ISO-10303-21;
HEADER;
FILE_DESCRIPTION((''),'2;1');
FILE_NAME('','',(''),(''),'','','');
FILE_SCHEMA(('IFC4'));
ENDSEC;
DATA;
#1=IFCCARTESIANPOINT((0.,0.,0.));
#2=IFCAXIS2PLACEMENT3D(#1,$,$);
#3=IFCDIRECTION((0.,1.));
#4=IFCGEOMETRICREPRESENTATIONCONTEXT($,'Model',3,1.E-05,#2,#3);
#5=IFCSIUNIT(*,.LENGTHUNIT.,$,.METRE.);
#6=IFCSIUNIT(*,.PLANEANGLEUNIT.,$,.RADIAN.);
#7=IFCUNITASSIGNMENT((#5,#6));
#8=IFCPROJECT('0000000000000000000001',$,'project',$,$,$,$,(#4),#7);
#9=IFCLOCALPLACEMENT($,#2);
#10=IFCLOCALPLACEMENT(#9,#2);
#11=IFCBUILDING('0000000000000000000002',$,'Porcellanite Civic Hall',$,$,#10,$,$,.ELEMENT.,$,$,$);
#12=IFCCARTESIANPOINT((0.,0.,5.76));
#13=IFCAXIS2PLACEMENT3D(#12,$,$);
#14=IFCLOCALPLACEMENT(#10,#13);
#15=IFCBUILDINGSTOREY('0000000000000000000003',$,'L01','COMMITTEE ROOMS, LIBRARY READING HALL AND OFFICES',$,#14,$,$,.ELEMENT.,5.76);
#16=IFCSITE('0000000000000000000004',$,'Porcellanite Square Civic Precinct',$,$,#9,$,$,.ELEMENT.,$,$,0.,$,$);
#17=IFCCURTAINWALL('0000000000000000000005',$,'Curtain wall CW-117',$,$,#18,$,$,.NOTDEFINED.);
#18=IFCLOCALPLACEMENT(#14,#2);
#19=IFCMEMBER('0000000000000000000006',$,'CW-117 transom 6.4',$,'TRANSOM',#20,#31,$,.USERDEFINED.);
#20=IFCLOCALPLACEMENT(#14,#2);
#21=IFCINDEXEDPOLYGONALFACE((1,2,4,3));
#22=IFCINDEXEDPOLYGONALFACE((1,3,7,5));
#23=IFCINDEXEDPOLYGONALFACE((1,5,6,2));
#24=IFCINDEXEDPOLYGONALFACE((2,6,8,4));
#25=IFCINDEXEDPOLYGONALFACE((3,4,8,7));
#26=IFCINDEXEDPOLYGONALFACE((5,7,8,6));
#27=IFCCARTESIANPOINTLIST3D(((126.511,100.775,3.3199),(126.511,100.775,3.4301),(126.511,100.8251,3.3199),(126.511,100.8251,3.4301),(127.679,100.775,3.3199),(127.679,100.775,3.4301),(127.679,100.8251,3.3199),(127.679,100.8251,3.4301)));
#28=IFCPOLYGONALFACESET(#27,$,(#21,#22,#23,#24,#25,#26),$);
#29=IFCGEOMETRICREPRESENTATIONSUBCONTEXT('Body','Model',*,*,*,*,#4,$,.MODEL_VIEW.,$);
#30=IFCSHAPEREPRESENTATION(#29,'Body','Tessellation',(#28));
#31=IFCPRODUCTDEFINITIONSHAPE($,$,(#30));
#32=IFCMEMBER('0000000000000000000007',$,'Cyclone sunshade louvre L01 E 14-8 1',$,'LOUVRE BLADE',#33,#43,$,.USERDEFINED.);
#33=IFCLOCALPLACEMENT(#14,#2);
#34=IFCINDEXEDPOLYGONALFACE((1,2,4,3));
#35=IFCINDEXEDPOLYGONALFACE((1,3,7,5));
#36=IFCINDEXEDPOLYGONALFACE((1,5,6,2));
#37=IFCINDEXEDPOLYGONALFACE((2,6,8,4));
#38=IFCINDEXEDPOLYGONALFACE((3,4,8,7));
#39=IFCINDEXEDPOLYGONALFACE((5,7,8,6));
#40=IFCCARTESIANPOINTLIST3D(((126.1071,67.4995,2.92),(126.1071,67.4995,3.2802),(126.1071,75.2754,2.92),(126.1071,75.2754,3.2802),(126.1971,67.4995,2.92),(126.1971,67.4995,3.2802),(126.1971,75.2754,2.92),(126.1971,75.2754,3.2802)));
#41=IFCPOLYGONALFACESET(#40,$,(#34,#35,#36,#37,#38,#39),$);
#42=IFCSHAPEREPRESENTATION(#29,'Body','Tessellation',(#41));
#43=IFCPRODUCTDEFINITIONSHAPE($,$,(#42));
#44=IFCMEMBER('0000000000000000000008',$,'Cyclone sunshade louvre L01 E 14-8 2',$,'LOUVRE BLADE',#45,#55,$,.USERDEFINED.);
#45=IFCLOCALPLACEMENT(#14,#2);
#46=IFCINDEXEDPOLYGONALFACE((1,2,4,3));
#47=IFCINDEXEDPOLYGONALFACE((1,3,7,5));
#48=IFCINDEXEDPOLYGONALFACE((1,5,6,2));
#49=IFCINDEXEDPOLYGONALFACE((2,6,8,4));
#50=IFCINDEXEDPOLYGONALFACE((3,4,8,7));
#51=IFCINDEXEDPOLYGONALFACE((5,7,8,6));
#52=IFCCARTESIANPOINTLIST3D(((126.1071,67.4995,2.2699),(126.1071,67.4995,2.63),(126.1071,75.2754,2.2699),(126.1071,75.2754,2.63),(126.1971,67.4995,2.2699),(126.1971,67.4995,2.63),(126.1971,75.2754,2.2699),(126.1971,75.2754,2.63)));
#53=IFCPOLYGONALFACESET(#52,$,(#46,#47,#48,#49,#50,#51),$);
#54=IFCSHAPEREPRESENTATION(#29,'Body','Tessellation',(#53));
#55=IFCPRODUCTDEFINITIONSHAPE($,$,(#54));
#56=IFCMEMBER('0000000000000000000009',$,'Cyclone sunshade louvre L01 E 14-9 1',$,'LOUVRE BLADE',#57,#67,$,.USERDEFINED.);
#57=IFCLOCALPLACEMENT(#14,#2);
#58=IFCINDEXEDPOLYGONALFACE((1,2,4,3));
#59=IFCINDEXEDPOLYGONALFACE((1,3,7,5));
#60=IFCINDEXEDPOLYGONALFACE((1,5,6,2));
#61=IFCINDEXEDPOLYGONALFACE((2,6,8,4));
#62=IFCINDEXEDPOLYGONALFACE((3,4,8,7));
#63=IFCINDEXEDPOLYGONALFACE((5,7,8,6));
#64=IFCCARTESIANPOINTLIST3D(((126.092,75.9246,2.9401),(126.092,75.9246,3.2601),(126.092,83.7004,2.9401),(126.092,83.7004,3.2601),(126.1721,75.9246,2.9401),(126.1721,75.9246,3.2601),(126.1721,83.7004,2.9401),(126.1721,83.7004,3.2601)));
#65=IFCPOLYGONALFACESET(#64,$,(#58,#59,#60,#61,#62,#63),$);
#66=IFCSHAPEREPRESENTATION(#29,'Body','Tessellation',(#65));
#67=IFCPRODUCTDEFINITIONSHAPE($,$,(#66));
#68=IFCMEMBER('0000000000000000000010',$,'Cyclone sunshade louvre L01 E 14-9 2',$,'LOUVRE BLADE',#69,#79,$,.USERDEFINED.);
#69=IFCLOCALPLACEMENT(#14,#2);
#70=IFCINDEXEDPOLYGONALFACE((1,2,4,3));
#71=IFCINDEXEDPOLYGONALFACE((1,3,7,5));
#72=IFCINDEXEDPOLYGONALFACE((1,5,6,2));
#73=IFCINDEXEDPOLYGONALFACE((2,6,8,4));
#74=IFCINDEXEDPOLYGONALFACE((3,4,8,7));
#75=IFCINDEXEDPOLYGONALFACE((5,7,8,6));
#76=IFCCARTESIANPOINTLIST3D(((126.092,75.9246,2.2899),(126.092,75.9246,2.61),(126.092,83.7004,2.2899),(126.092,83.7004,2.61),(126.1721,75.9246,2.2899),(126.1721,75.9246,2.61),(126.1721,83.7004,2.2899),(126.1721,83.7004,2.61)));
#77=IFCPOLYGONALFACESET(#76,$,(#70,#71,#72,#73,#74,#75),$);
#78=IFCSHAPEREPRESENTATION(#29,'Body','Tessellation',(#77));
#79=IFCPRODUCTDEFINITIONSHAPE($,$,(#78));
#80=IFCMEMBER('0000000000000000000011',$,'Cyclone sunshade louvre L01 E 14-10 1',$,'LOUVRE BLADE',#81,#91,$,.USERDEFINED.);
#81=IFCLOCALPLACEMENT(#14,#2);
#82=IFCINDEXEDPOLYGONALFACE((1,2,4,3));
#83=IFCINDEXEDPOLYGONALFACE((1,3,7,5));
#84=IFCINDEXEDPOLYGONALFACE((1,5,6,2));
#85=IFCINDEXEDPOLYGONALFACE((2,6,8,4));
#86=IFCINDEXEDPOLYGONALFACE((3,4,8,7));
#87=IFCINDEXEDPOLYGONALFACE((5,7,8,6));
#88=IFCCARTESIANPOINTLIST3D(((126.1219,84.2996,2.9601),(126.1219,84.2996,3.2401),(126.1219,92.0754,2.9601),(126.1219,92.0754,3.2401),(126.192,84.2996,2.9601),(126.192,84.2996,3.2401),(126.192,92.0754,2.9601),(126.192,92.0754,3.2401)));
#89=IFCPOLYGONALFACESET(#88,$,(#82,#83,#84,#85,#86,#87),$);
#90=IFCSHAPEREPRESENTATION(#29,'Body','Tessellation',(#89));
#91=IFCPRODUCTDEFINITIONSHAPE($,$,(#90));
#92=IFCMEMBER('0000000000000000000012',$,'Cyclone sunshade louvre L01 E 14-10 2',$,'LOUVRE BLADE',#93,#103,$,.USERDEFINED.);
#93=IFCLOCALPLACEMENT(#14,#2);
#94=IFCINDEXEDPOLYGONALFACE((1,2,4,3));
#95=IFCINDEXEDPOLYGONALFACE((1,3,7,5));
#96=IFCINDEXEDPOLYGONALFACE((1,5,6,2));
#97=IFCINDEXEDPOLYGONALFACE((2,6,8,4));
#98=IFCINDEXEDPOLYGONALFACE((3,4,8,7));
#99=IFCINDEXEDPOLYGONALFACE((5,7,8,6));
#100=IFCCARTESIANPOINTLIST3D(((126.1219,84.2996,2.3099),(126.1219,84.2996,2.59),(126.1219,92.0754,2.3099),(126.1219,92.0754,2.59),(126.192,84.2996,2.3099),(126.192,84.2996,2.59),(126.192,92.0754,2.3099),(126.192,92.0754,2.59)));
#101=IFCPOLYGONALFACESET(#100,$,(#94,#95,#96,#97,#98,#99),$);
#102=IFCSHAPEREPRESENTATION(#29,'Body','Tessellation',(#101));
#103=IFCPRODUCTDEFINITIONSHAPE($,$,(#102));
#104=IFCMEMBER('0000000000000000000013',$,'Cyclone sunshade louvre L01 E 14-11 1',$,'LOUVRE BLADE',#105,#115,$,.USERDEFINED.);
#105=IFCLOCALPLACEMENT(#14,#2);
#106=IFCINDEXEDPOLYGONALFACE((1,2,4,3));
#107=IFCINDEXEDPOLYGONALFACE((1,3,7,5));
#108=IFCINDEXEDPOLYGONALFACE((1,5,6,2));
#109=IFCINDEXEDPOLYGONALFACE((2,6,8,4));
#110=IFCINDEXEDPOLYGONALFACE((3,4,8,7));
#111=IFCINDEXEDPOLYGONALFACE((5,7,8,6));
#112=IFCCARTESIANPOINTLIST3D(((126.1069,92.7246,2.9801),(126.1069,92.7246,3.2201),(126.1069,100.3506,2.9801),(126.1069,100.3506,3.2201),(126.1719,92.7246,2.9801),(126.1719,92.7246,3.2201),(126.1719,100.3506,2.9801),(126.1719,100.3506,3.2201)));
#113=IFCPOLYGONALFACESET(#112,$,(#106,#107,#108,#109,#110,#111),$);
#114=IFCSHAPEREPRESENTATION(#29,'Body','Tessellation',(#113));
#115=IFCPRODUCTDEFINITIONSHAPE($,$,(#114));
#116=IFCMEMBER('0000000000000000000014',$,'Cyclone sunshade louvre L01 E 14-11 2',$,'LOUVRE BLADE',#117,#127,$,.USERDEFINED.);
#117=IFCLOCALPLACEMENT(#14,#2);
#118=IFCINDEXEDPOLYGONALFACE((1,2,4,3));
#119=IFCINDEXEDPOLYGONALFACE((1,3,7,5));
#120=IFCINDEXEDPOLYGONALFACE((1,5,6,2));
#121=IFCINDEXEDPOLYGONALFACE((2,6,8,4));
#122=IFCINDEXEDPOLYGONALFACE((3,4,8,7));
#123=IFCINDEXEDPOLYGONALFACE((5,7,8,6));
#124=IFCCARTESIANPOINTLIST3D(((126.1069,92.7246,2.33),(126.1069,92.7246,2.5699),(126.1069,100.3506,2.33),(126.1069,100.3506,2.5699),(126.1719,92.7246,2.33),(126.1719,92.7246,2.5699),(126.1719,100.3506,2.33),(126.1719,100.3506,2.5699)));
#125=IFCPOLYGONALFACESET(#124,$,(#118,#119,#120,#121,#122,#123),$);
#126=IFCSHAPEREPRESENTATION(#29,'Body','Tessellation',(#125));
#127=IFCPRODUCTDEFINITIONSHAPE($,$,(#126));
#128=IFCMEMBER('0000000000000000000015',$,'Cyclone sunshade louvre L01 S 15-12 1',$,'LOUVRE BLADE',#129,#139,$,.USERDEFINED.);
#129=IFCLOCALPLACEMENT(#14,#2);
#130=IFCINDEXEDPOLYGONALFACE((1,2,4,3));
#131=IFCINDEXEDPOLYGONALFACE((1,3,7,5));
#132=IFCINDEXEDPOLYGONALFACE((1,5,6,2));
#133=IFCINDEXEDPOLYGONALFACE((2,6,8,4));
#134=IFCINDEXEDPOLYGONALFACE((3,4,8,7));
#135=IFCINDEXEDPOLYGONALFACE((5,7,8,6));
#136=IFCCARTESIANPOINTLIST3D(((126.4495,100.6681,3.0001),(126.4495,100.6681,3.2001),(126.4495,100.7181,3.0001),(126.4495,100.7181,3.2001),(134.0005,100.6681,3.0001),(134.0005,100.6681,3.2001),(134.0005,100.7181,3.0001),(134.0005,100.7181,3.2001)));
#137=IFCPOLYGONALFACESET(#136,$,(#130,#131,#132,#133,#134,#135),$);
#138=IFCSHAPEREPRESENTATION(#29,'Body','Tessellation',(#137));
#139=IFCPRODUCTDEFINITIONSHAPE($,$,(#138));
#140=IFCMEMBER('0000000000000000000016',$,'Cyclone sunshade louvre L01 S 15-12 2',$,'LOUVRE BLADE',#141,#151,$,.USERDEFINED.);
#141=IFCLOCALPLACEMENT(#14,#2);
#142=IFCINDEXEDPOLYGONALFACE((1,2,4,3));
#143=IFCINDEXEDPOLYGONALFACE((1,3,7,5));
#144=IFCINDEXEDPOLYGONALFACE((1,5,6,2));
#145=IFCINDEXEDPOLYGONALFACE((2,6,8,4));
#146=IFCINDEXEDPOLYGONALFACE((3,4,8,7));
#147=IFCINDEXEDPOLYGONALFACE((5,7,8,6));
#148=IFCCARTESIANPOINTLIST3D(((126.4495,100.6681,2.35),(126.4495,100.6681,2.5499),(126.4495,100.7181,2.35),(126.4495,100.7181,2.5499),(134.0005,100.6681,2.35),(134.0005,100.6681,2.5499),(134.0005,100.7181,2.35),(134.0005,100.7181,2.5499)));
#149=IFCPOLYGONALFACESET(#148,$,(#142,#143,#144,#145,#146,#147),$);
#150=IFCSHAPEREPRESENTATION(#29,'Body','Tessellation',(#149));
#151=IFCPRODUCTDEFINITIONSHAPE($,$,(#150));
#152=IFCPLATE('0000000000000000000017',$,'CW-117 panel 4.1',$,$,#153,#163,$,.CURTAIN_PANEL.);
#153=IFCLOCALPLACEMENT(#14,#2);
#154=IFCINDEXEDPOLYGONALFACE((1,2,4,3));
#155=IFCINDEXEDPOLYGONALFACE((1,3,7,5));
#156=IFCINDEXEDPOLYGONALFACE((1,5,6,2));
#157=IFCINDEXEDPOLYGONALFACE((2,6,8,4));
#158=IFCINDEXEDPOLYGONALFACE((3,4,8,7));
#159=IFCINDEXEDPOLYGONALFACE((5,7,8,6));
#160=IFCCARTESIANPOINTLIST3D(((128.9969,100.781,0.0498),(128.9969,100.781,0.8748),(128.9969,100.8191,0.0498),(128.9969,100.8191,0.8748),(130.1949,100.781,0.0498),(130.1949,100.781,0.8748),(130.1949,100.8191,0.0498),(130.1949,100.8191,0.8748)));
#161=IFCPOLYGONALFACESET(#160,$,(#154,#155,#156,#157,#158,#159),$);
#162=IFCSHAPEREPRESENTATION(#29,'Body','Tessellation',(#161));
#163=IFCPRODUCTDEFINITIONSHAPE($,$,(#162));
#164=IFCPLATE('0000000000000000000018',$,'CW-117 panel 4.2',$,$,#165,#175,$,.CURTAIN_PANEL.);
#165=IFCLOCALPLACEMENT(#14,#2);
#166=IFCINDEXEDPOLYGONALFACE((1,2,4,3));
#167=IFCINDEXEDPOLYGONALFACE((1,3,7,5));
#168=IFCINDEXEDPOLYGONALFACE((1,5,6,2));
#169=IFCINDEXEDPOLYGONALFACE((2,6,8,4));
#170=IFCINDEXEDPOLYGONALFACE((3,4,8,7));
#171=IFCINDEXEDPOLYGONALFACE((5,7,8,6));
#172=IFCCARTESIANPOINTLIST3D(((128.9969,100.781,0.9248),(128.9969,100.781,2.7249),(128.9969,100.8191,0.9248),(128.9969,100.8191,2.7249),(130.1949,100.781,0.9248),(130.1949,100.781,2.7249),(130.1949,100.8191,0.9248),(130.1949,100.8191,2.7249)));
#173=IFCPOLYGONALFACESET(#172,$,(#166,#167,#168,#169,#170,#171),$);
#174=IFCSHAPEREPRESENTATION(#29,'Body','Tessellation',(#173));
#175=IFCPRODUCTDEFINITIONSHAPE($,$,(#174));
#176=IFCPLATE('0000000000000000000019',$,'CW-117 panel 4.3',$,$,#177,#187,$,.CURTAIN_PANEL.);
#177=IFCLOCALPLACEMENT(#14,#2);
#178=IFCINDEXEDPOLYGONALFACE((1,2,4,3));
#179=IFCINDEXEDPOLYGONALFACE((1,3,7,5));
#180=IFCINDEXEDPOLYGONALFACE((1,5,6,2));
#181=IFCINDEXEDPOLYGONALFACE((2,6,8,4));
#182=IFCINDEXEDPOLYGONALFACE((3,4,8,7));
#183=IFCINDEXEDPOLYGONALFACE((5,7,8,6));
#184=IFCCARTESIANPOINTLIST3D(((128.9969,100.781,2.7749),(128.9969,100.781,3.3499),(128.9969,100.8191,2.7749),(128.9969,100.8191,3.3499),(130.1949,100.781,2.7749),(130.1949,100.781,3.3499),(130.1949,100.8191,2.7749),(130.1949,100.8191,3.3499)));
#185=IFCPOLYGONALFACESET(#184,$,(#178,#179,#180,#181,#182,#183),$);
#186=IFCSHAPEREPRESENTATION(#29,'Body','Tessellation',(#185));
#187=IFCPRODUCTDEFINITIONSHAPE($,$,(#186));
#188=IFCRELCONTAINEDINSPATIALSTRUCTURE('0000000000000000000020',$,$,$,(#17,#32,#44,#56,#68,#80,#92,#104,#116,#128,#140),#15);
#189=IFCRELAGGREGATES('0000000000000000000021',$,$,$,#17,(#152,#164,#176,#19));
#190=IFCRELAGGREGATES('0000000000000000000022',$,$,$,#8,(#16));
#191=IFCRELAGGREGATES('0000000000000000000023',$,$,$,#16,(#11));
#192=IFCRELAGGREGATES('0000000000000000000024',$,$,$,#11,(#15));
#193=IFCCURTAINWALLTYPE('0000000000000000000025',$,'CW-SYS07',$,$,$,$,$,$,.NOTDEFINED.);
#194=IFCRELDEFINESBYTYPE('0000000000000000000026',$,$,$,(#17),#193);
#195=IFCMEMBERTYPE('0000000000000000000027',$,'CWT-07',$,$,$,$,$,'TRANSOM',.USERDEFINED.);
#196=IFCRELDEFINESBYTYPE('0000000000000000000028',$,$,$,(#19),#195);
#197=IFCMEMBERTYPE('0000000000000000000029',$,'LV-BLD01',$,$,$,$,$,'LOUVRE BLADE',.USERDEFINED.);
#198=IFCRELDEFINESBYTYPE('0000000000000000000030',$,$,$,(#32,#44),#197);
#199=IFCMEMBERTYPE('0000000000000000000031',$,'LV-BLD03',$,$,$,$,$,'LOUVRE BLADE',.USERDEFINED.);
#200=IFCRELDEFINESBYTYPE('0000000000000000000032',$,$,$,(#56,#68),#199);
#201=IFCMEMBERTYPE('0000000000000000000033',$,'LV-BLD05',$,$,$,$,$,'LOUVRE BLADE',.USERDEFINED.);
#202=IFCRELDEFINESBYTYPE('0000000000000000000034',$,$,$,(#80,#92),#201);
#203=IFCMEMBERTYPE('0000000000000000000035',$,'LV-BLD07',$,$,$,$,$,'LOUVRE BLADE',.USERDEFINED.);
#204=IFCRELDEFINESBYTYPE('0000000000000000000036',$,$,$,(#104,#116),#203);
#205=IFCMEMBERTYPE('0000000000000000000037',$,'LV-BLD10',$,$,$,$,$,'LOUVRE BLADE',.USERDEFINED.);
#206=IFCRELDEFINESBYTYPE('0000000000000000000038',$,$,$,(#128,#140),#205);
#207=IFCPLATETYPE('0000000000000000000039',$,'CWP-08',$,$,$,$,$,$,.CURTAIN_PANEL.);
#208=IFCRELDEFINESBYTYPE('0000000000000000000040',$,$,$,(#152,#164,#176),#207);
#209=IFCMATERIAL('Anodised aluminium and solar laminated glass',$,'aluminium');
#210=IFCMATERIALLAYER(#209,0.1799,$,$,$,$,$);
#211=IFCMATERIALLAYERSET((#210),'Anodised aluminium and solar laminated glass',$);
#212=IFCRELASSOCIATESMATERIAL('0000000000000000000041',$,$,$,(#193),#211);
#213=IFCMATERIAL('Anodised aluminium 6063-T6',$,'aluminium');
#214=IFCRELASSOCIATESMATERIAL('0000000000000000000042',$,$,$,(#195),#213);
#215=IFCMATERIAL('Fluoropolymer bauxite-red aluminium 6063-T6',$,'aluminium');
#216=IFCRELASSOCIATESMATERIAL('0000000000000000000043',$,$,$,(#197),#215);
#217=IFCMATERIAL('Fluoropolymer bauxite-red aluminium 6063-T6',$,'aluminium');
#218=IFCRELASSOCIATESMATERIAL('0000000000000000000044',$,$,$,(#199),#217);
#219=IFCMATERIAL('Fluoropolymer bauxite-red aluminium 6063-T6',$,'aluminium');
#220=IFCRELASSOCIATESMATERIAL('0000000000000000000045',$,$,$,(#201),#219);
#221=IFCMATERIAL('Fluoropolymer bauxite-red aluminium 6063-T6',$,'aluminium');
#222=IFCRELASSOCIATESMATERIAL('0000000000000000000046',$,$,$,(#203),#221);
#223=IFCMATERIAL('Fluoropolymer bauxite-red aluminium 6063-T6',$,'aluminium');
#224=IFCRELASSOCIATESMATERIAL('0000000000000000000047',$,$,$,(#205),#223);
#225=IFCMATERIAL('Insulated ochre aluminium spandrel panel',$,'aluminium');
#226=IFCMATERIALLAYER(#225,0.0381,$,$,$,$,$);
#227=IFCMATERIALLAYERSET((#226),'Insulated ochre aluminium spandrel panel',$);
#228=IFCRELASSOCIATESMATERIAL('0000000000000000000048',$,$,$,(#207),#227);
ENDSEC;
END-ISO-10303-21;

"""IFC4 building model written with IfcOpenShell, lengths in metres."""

from ifc_helpers import new_model, si_unit, direction, frame, origin, origin_2d, place, context, subcontext, project, spatial, rectangle, extrude, material, layer, layer_set, material_profile, profile_set, type_object, element, aggregate, save


model = new_model("IFC4")

# Units and contexts
model_context = context("Model", 3, precision=1e-05, world=origin(), true_north=direction((0.0, 1.0)))
body_context = subcontext(model_context, "Body", "Model", "MODEL_VIEW")
ifc_project = project(units=[si_unit("LENGTHUNIT", "METRE"), si_unit("PLANEANGLEUNIT", "RADIAN")], contexts=[model_context])

# Site, building, storey
site_placement = place(None, origin())
site = spatial("IfcSite", under=ifc_project, at=site_placement, Name="Porcellanite Square Civic Precinct", CompositionType="ELEMENT", RefElevation=0.0)
building_placement = place(site_placement, origin())
building = spatial("IfcBuilding", under=site, at=building_placement, Name="Porcellanite Civic Hall", CompositionType="ELEMENT")
storey_placement = place(building_placement, frame((0.0, 0.0, 5.76)))
storey = spatial("IfcBuildingStorey", under=building, at=storey_placement, Name="L01", Description="COMMITTEE ROOMS, LIBRARY READING HALL AND OFFICES", CompositionType="ELEMENT", Elevation=5.76)

# Curtain wall, member
ifc_material_1 = material(Name="Anodised aluminium and solar laminated glass", Category="aluminium")
ifc_layer_1 = layer(ifc_material_1, 0.1799)
ifc_layer_set_1 = layer_set([ifc_layer_1], Name="Anodised aluminium and solar laminated glass")
curtain_wall_type = type_object("IfcCurtainWallType", Name="CW-SYS07", PredefinedType="NOTDEFINED", material=ifc_layer_set_1)
curtain_wall_placement = place(storey_placement, origin())
curtain_wall = element("IfcCurtainWall", 1, at=curtain_wall_placement, inside=storey, type_object=curtain_wall_type, Name="Curtain wall CW-117", PredefinedType="NOTDEFINED")
ifc_material_2 = material(Name="Anodised aluminium 6063-T6", Category="aluminium")
ifc_material_profile_1 = material_profile(ifc_material_2, rectangle(XDim=0.05, YDim=0.1101, at=origin_2d()), Name="AL-50x110")
ifc_profile_set_1 = profile_set([ifc_material_profile_1], Name="Anodised aluminium 6063-T6")
member_type_1 = type_object("IfcMemberType", Name="CWT-07", ElementType="TRANSOM", PredefinedType="USERDEFINED", material=ifc_profile_set_1)
member_1_placement = place(storey_placement, frame((127.679, 100.8, 3.375), z_axis=(-1.0, 0.0, 0.0), x_axis=(0.0, -1.0, 0.0)))
member_1 = element("IfcMember", 2, at=member_1_placement, type_object=member_type_1, Name="CW-117 transom 6.4", ObjectType="TRANSOM", PredefinedType="USERDEFINED", context=body_context, shape_type="SweptSolid", body=[
    extrude(rectangle(XDim=0.05, YDim=0.1101, at=origin_2d()), origin(), (0.0, 0.0, 1.0), 1.168),
])

# Members
ifc_material_3 = material(Name="Fluoropolymer bauxite-red aluminium 6063-T6", Category="aluminium")
ifc_material_profile_2 = material_profile(ifc_material_3, rectangle(XDim=0.0901, YDim=0.3601, at=origin_2d()), Name="AL-90x360")
ifc_profile_set_2 = profile_set([ifc_material_profile_2], Name="Fluoropolymer bauxite-red aluminium 6063-T6")
member_type_2 = type_object("IfcMemberType", Name="LV-BLD01", ElementType="LOUVRE BLADE", PredefinedType="USERDEFINED", material=ifc_profile_set_2)
for number, where, z_axis, x_axis, name in (
    (3, (126.1521, 75.2754, 3.1001), (0.0, -1.0, 0.0), (1.0, 0.0, 0.0), "Cyclone sunshade louvre L01 E 14-8 1"),
    (4, (126.1521, 75.2754, 2.45), (0.0, -1.0, 0.0), (1.0, 0.0, 0.0), "Cyclone sunshade louvre L01 E 14-8 2"),
):
    element("IfcMember", number, at=place(storey_placement, frame(where, z_axis=z_axis, x_axis=x_axis)), inside=storey, type_object=member_type_2, Name=name, ObjectType="LOUVRE BLADE", PredefinedType="USERDEFINED", context=body_context, shape_type="SweptSolid", body=[
        extrude(rectangle(XDim=0.0901, YDim=0.3601, at=origin_2d()), origin(), (0.0, 0.0, 1.0), 7.7759),
    ])
ifc_material_4 = material(Name="Fluoropolymer bauxite-red aluminium 6063-T6", Category="aluminium")
ifc_material_profile_3 = material_profile(ifc_material_4, rectangle(XDim=0.0801, YDim=0.3201, at=origin_2d()), Name="AL-80x320")
ifc_profile_set_3 = profile_set([ifc_material_profile_3], Name="Fluoropolymer bauxite-red aluminium 6063-T6")
member_type_3 = type_object("IfcMemberType", Name="LV-BLD03", ElementType="LOUVRE BLADE", PredefinedType="USERDEFINED", material=ifc_profile_set_3)
for number, where, z_axis, x_axis, name in (
    (5, (126.1321, 83.7004, 3.1001), (0.0, -1.0, 0.0), (1.0, 0.0, 0.0), "Cyclone sunshade louvre L01 E 14-9 1"),
    (6, (126.1321, 83.7004, 2.45), (0.0, -1.0, 0.0), (1.0, 0.0, 0.0), "Cyclone sunshade louvre L01 E 14-9 2"),
):
    element("IfcMember", number, at=place(storey_placement, frame(where, z_axis=z_axis, x_axis=x_axis)), inside=storey, type_object=member_type_3, Name=name, ObjectType="LOUVRE BLADE", PredefinedType="USERDEFINED", context=body_context, shape_type="SweptSolid", body=[
        extrude(rectangle(XDim=0.0801, YDim=0.3201, at=origin_2d()), origin(), (0.0, 0.0, 1.0), 7.7759),
    ])
ifc_material_5 = material(Name="Fluoropolymer bauxite-red aluminium 6063-T6", Category="aluminium")
ifc_material_profile_4 = material_profile(ifc_material_5, rectangle(XDim=0.0701, YDim=0.28, at=origin_2d()), Name="AL-70x280")
ifc_profile_set_4 = profile_set([ifc_material_profile_4], Name="Fluoropolymer bauxite-red aluminium 6063-T6")
member_type_4 = type_object("IfcMemberType", Name="LV-BLD05", ElementType="LOUVRE BLADE", PredefinedType="USERDEFINED", material=ifc_profile_set_4)
for number, where, z_axis, x_axis, name in (
    (7, (126.157, 92.0754, 3.1001), (0.0, -1.0, 0.0), (1.0, 0.0, 0.0), "Cyclone sunshade louvre L01 E 14-10 1"),
    (8, (126.157, 92.0754, 2.45), (0.0, -1.0, 0.0), (1.0, 0.0, 0.0), "Cyclone sunshade louvre L01 E 14-10 2"),
):
    element("IfcMember", number, at=place(storey_placement, frame(where, z_axis=z_axis, x_axis=x_axis)), inside=storey, type_object=member_type_4, Name=name, ObjectType="LOUVRE BLADE", PredefinedType="USERDEFINED", context=body_context, shape_type="SweptSolid", body=[
        extrude(rectangle(XDim=0.0701, YDim=0.28, at=origin_2d()), origin(), (0.0, 0.0, 1.0), 7.7759),
    ])
ifc_material_6 = material(Name="Fluoropolymer bauxite-red aluminium 6063-T6", Category="aluminium")
ifc_material_profile_5 = material_profile(ifc_material_6, rectangle(XDim=0.0649, YDim=0.24, at=origin_2d()), Name="AL-65x240")
ifc_profile_set_5 = profile_set([ifc_material_profile_5], Name="Fluoropolymer bauxite-red aluminium 6063-T6")
member_type_5 = type_object("IfcMemberType", Name="LV-BLD07", ElementType="LOUVRE BLADE", PredefinedType="USERDEFINED", material=ifc_profile_set_5)
for number, where, z_axis, x_axis, name in (
    (9, (126.1394, 100.3506, 3.1001), (0.0, -1.0, 0.0), (1.0, 0.0, 0.0), "Cyclone sunshade louvre L01 E 14-11 1"),
    (10, (126.1394, 100.3506, 2.45), (0.0, -1.0, 0.0), (1.0, 0.0, 0.0), "Cyclone sunshade louvre L01 E 14-11 2"),
):
    element("IfcMember", number, at=place(storey_placement, frame(where, z_axis=z_axis, x_axis=x_axis)), inside=storey, type_object=member_type_5, Name=name, ObjectType="LOUVRE BLADE", PredefinedType="USERDEFINED", context=body_context, shape_type="SweptSolid", body=[
        extrude(rectangle(XDim=0.0649, YDim=0.24, at=origin_2d()), origin(), (0.0, 0.0, 1.0), 7.626),
    ])
ifc_material_7 = material(Name="Fluoropolymer bauxite-red aluminium 6063-T6", Category="aluminium")
ifc_material_profile_6 = material_profile(ifc_material_7, rectangle(XDim=0.05, YDim=0.2, at=origin_2d()), Name="AL-50x200")
ifc_profile_set_6 = profile_set([ifc_material_profile_6], Name="Fluoropolymer bauxite-red aluminium 6063-T6")
member_type_6 = type_object("IfcMemberType", Name="LV-BLD10", ElementType="LOUVRE BLADE", PredefinedType="USERDEFINED", material=ifc_profile_set_6)
for number, where, z_axis, x_axis, name in (
    (11, (134.0005, 100.6931, 3.1001), (-1.0, 0.0, 0.0), (0.0, -1.0, 0.0), "Cyclone sunshade louvre L01 S 15-12 1"),
    (12, (134.0005, 100.6931, 2.45), (-1.0, 0.0, 0.0), (0.0, -1.0, 0.0), "Cyclone sunshade louvre L01 S 15-12 2"),
):
    element("IfcMember", number, at=place(storey_placement, frame(where, z_axis=z_axis, x_axis=x_axis)), inside=storey, type_object=member_type_6, Name=name, ObjectType="LOUVRE BLADE", PredefinedType="USERDEFINED", context=body_context, shape_type="SweptSolid", body=[
        extrude(rectangle(XDim=0.05, YDim=0.2, at=origin_2d()), origin(), (0.0, 0.0, 1.0), 7.551),
    ])

# Plates
ifc_material_8 = material(Name="Insulated ochre aluminium spandrel panel", Category="aluminium")
ifc_layer_2 = layer(ifc_material_8, 0.0381)
ifc_layer_set_2 = layer_set([ifc_layer_2], Name="Insulated ochre aluminium spandrel panel")
plate_type = type_object("IfcPlateType", Name="CWP-08", PredefinedType="CURTAIN_PANEL", material=ifc_layer_set_2)
plate_1_placement = place(storey_placement, frame((129.5959, 100.8, 0.0498), z_axis=(0.0, 0.0, 1.0), x_axis=(-1.0, 0.0, 0.0)))
plate_1 = element("IfcPlate", 13, at=plate_1_placement, type_object=plate_type, Name="CW-117 panel 4.1", PredefinedType="CURTAIN_PANEL", context=body_context, shape_type="SweptSolid", body=[
    extrude(rectangle(XDim=1.198, YDim=0.0381, at=origin_2d()), origin(), (0.0, 0.0, 1.0), 0.825),
])
plate_2_placement = place(storey_placement, frame((129.5959, 100.8, 0.9248), z_axis=(0.0, 0.0, 1.0), x_axis=(-1.0, 0.0, 0.0)))
plate_2 = element("IfcPlate", 14, at=plate_2_placement, type_object=plate_type, Name="CW-117 panel 4.2", PredefinedType="CURTAIN_PANEL", context=body_context, shape_type="SweptSolid", body=[
    extrude(rectangle(XDim=1.198, YDim=0.0381, at=origin_2d()), origin(), (0.0, 0.0, 1.0), 1.8),
])
plate_3_placement = place(storey_placement, frame((129.5959, 100.8, 2.7749), z_axis=(0.0, 0.0, 1.0), x_axis=(-1.0, 0.0, 0.0)))
plate_3 = element("IfcPlate", 15, at=plate_3_placement, type_object=plate_type, Name="CW-117 panel 4.3", PredefinedType="CURTAIN_PANEL", context=body_context, shape_type="SweptSolid", body=[
    extrude(rectangle(XDim=1.198, YDim=0.0381, at=origin_2d()), origin(), (0.0, 0.0, 1.0), 0.575),
])
aggregate(curtain_wall, [plate_1, plate_2, plate_3, member_1])

save(model, "model.ifc")
